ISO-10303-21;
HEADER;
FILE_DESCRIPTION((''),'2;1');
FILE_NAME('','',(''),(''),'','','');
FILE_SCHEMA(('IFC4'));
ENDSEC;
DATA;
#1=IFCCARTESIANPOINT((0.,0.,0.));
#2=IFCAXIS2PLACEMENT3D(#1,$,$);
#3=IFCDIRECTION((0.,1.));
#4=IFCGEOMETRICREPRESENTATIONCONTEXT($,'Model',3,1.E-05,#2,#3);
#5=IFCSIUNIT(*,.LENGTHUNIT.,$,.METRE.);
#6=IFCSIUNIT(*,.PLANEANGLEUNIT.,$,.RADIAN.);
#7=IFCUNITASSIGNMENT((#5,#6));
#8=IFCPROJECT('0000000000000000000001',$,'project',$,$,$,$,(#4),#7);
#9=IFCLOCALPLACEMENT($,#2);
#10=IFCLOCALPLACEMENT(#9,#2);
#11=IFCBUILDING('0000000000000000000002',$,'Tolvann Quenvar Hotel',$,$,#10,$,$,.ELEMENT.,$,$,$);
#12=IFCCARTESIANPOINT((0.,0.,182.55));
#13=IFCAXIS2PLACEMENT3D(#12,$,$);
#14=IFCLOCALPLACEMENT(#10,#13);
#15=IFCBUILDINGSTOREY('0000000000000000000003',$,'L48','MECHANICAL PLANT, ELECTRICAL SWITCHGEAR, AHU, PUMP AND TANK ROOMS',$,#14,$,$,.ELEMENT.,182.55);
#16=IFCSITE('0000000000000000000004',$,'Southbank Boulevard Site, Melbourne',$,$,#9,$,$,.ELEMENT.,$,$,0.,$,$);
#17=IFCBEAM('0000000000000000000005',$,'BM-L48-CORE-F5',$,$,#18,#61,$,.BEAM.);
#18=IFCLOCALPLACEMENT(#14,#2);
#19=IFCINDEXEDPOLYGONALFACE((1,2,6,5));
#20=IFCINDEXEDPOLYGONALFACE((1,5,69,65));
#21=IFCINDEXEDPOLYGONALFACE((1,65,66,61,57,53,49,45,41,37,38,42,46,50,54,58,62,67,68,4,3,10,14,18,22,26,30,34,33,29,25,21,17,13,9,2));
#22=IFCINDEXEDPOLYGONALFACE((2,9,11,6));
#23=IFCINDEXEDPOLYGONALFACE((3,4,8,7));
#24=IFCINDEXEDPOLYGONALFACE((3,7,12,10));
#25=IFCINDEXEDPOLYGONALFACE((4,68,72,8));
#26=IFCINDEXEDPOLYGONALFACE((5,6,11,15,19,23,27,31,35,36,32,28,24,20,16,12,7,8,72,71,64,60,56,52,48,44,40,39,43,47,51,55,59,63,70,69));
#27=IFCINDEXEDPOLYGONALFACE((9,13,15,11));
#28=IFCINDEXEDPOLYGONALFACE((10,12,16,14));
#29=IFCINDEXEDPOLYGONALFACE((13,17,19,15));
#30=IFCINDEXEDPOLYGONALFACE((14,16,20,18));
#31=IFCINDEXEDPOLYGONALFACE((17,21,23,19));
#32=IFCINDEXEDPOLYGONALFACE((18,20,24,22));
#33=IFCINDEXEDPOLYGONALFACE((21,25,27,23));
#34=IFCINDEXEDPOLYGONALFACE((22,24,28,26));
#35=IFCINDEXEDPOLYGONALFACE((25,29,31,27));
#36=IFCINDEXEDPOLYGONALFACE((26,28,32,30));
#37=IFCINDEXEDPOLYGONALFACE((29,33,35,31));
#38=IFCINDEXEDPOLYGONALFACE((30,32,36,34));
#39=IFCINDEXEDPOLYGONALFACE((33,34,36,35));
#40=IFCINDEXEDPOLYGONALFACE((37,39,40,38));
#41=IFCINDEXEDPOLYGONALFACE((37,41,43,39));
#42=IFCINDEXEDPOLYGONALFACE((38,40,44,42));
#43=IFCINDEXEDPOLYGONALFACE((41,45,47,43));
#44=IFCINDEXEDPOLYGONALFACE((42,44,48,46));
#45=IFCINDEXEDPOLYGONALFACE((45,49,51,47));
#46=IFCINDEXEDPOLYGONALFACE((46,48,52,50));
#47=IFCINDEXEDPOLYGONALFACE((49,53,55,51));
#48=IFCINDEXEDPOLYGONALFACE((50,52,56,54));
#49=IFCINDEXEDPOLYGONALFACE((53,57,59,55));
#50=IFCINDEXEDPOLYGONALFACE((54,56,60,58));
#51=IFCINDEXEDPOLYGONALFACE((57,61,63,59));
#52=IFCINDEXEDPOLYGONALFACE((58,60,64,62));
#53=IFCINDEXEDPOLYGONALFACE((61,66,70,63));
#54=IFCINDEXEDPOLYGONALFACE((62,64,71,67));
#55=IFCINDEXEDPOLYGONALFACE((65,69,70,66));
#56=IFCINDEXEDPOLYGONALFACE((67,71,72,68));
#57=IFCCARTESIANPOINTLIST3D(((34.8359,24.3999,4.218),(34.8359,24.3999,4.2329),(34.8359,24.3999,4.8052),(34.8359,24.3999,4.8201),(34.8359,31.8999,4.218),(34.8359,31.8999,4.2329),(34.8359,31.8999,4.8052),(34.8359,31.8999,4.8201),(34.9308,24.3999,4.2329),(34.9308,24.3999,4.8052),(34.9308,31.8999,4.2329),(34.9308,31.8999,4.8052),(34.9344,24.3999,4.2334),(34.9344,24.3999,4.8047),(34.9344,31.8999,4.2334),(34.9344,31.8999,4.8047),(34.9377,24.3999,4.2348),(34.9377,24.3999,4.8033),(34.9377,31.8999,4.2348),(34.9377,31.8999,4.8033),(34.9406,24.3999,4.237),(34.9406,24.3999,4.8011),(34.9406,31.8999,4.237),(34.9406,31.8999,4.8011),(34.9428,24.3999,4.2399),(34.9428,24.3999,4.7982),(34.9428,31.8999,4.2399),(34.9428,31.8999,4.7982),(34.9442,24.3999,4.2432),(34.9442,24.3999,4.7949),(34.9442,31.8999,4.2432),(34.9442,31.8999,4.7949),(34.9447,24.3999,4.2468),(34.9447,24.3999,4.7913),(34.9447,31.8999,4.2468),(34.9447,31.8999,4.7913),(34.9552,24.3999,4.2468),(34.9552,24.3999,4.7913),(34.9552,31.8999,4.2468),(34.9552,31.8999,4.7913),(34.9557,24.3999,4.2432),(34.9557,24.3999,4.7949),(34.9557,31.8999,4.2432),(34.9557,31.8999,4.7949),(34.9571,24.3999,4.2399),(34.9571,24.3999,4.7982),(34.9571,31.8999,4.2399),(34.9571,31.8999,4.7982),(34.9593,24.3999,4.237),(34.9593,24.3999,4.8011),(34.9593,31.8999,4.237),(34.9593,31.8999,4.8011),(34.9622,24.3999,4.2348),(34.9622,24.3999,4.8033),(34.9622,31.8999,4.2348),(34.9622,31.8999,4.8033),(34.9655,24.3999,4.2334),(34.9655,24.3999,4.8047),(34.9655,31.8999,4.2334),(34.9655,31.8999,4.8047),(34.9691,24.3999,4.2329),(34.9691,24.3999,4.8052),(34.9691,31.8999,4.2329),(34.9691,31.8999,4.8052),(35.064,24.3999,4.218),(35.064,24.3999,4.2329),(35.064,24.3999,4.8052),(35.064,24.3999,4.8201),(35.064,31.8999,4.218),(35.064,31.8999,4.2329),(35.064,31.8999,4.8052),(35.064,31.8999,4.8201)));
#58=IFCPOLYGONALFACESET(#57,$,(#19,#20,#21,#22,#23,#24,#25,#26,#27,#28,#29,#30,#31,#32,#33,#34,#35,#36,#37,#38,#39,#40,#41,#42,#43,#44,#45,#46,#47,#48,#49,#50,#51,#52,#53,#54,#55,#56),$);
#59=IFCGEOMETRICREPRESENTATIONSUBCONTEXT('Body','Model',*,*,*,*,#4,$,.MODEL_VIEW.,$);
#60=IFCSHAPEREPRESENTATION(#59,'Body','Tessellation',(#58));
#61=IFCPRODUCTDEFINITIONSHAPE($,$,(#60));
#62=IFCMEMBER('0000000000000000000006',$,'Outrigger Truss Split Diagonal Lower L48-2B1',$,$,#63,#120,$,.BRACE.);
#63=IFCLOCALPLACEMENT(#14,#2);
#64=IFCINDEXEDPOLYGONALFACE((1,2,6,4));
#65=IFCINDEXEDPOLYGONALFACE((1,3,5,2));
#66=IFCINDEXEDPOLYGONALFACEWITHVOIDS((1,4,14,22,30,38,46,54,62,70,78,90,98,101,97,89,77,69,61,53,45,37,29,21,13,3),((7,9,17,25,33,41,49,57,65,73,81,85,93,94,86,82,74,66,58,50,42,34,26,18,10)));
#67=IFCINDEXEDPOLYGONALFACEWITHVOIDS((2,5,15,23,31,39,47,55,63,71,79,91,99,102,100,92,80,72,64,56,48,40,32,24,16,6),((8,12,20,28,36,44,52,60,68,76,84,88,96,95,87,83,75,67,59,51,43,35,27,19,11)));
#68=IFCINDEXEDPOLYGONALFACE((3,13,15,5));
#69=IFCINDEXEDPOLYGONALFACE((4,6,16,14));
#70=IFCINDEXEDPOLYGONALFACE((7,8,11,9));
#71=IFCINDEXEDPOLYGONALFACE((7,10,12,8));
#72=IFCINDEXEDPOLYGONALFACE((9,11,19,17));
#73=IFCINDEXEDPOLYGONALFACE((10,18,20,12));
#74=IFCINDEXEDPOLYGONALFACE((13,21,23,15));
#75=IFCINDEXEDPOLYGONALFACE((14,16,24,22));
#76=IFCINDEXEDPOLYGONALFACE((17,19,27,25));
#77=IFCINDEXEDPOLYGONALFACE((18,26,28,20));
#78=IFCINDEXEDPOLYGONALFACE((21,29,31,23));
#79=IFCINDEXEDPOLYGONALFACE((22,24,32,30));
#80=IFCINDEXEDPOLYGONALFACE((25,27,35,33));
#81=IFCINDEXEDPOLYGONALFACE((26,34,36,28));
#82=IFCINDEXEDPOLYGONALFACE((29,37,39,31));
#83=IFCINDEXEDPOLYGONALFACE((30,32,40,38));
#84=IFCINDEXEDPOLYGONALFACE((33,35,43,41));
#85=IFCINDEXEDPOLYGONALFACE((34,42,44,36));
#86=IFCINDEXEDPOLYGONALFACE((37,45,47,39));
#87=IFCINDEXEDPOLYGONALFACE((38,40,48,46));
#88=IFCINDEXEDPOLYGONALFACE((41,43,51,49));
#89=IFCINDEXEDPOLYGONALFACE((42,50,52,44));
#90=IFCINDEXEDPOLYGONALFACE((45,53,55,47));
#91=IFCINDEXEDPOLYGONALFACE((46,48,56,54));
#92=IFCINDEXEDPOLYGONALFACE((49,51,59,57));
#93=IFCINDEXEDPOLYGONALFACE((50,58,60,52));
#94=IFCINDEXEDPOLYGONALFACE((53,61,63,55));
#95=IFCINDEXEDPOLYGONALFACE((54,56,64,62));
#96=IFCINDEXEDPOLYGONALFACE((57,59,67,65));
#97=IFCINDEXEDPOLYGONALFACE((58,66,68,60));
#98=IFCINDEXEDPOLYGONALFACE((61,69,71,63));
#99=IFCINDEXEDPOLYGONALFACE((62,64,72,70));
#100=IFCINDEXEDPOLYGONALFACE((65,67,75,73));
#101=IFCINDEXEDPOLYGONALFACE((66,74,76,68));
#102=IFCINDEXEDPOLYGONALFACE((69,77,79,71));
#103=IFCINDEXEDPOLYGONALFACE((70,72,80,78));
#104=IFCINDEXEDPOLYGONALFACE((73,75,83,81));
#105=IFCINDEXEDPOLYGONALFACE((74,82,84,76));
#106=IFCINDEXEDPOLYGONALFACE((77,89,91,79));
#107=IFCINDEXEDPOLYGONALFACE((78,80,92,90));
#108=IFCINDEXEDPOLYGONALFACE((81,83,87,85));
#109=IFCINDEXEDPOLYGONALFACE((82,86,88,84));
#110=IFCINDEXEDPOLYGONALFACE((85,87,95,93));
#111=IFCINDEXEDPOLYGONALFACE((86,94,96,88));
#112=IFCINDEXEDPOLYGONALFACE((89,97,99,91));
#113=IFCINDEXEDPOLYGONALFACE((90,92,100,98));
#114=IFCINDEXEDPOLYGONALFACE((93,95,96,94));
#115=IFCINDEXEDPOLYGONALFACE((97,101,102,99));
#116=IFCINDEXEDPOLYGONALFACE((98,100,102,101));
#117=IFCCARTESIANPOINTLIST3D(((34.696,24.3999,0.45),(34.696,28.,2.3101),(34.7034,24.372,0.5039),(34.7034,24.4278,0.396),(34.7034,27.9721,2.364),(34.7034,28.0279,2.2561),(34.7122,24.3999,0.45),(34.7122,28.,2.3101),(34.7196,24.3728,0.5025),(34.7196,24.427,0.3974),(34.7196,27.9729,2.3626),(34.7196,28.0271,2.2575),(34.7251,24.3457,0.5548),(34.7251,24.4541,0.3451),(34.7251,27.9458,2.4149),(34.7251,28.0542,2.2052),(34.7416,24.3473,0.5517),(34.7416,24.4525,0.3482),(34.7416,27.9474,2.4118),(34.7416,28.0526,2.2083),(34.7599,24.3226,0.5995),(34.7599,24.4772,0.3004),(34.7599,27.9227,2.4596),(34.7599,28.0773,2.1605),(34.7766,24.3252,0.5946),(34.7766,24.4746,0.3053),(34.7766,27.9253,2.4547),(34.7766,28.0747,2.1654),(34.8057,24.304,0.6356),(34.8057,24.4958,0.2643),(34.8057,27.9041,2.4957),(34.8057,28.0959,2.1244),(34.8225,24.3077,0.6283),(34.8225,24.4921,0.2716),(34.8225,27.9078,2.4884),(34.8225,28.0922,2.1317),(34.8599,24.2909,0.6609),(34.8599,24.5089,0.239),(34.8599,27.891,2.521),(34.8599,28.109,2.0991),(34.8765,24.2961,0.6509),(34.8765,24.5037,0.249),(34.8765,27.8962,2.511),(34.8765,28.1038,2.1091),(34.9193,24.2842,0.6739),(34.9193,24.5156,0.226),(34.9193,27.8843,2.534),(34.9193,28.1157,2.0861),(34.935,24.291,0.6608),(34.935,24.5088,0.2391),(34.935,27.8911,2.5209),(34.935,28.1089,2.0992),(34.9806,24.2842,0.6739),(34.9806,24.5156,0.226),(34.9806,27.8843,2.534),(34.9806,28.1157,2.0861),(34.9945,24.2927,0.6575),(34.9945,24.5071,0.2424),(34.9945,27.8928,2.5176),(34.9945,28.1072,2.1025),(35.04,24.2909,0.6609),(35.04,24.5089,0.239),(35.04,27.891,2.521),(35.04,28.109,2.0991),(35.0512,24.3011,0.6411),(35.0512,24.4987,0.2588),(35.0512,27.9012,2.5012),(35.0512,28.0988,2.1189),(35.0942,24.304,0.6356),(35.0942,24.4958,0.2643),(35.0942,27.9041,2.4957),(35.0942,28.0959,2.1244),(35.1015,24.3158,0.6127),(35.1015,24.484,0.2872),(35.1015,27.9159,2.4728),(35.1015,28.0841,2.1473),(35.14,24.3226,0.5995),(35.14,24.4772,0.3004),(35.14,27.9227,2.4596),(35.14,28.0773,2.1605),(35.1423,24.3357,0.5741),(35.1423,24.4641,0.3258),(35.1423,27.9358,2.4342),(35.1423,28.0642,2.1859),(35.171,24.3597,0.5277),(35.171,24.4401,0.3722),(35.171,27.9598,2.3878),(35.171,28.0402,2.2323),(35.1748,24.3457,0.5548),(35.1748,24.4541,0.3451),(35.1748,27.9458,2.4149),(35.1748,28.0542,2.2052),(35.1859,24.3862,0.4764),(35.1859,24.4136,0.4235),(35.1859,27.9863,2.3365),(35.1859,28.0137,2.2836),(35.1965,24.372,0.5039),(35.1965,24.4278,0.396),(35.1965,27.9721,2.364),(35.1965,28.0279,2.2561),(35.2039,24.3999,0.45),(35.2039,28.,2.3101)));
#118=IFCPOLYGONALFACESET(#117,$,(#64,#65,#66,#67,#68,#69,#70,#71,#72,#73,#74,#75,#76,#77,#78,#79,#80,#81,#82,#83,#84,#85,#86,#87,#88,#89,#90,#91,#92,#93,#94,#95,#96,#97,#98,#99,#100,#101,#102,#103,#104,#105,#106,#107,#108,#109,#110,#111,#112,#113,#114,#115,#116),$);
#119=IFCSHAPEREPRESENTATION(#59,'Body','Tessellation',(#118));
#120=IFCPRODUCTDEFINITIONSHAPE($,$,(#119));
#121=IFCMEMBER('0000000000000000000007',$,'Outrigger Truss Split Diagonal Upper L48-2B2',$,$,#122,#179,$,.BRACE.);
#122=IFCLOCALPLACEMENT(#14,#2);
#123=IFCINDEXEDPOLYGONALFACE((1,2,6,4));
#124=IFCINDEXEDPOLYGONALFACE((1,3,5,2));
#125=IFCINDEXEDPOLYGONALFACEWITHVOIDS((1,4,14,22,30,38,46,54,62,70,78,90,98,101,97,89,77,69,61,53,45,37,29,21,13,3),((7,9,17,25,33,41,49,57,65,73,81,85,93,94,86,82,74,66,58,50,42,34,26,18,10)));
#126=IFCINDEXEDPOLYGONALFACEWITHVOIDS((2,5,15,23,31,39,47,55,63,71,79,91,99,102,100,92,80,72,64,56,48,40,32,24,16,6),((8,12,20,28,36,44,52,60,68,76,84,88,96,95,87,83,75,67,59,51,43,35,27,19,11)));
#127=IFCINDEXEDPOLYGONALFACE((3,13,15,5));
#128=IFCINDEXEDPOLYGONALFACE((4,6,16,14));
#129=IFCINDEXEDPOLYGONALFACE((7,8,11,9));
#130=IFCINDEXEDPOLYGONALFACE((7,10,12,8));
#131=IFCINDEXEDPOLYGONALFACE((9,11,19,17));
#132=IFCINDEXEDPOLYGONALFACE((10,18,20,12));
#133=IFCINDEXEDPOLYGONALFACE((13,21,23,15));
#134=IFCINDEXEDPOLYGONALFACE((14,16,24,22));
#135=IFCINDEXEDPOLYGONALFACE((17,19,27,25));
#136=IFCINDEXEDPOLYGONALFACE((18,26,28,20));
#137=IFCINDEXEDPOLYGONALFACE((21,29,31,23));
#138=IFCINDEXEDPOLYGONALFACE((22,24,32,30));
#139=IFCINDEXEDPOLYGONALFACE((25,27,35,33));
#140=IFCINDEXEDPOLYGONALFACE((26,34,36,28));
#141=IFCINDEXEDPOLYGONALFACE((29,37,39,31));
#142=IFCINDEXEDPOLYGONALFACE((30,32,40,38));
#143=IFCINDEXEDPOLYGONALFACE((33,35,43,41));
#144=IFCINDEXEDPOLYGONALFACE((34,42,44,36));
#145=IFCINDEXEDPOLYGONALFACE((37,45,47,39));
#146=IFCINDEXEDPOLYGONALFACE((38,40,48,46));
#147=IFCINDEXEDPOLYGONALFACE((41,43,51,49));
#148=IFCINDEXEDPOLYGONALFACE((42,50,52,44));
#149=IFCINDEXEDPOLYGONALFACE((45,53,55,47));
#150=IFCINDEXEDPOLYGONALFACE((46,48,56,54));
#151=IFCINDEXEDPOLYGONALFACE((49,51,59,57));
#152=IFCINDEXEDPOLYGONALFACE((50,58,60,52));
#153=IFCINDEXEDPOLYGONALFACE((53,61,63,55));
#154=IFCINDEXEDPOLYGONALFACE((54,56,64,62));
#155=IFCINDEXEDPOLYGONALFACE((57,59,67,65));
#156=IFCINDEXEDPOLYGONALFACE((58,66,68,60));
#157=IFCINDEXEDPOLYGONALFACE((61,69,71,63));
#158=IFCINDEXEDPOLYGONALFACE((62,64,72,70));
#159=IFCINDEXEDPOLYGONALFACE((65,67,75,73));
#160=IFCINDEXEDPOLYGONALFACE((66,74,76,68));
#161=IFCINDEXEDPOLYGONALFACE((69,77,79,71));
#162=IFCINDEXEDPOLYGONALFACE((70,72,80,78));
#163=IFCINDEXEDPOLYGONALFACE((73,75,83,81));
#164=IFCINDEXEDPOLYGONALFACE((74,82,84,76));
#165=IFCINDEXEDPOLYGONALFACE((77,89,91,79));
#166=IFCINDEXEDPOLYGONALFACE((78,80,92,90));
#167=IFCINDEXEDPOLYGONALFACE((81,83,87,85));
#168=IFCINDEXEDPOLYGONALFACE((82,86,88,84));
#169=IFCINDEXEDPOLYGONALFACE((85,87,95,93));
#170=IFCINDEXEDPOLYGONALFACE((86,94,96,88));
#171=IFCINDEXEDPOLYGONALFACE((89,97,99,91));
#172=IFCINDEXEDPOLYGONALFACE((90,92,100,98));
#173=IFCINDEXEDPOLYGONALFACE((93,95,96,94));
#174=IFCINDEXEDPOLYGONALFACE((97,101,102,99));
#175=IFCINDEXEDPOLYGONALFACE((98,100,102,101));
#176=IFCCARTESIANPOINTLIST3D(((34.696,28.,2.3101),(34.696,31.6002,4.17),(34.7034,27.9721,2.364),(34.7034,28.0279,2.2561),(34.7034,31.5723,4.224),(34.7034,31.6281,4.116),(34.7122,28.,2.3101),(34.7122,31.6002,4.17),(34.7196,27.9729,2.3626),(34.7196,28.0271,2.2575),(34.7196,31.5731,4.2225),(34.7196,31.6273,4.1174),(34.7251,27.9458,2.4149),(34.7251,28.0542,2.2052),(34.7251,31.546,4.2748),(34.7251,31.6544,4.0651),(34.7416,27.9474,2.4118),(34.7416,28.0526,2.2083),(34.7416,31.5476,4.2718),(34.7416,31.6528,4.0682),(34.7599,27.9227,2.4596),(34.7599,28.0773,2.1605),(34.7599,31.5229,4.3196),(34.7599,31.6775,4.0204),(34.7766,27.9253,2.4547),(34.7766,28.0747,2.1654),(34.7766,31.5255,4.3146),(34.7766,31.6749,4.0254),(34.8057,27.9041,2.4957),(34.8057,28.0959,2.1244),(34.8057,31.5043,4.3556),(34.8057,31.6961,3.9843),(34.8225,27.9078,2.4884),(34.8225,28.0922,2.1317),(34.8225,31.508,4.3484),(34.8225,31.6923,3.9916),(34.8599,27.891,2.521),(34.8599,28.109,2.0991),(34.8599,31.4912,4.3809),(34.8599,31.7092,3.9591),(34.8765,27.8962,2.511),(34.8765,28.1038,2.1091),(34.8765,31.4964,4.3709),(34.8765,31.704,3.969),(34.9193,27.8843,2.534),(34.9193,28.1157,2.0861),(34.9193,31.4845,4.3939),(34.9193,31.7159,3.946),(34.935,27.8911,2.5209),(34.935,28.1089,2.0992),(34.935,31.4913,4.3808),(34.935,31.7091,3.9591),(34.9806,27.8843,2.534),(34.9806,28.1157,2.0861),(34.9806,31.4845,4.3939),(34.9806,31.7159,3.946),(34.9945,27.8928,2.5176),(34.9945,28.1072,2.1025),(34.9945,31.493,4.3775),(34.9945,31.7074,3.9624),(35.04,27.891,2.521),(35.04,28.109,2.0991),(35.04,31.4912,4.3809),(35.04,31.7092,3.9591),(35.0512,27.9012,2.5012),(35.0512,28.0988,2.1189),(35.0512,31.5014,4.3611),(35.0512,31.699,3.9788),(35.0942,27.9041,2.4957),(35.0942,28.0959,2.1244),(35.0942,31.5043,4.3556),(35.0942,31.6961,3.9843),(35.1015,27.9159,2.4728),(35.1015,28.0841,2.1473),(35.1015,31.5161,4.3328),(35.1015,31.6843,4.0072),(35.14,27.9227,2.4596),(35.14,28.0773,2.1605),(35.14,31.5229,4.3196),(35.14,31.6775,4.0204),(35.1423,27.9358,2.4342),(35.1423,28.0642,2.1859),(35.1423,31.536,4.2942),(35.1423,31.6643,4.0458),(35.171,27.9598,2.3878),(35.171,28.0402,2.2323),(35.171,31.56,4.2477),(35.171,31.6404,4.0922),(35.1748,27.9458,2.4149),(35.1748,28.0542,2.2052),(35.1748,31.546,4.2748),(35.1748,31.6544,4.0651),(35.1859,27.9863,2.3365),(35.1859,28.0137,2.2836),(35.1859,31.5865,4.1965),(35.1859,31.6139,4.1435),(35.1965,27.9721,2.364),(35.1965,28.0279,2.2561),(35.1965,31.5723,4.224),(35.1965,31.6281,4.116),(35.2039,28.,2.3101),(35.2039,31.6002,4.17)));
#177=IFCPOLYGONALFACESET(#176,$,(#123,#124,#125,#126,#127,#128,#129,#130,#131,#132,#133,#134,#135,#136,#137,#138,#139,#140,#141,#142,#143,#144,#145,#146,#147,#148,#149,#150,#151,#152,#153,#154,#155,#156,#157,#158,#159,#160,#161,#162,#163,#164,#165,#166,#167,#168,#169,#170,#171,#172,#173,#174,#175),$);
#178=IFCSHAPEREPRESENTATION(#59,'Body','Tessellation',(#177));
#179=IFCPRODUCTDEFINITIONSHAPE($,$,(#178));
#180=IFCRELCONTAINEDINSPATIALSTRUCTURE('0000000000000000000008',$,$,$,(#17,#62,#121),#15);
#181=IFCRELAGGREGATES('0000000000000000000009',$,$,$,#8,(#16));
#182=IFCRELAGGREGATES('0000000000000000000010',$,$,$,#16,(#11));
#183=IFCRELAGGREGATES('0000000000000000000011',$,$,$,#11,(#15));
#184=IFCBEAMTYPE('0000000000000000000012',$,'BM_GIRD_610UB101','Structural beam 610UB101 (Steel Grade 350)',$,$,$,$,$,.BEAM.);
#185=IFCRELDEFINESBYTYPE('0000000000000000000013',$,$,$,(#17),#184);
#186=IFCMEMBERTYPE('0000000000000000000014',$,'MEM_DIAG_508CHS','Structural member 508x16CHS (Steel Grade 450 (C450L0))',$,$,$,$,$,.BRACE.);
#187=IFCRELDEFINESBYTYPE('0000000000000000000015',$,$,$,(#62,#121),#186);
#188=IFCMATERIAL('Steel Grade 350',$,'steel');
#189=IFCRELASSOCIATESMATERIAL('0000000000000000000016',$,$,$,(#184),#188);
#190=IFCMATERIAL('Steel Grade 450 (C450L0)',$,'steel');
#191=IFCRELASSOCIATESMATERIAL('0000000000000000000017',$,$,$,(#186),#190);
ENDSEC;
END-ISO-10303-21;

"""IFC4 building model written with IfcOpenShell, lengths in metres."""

from ifc_helpers import new_model, si_unit, direction, frame, origin, origin_2d, place, context, subcontext, project, spatial, hollow_circle, i_section, extrude, source, transform, mapped, material, material_profile, profile_set, type_object, type_shapes, element, save


model = new_model("IFC4")

# Units and contexts
model_context = context("Model", 3, precision=1e-05, world=origin(), true_north=direction((0.0, 1.0)))
body_context = subcontext(model_context, "Body", "Model", "MODEL_VIEW")
ifc_project = project(units=[si_unit("LENGTHUNIT", "METRE"), si_unit("PLANEANGLEUNIT", "RADIAN")], contexts=[model_context])

# Site, building, storey
site_placement = place(None, origin())
site = spatial("IfcSite", under=ifc_project, at=site_placement, Name="Southbank Boulevard Site, Melbourne", CompositionType="ELEMENT", RefElevation=0.0)
building_placement = place(site_placement, origin())
building = spatial("IfcBuilding", under=site, at=building_placement, Name="Tolvann Quenvar Hotel", CompositionType="ELEMENT")
storey_placement = place(building_placement, frame((0.0, 0.0, 182.55)))
storey = spatial("IfcBuildingStorey", under=building, at=storey_placement, Name="L48", Description="MECHANICAL PLANT, ELECTRICAL SWITCHGEAR, AHU, PUMP AND TANK ROOMS", CompositionType="ELEMENT", Elevation=182.55)

# Beam
ifc_material_1 = material(Name="Steel Grade 350", Category="steel")
ifc_material_profile_1 = material_profile(ifc_material_1, i_section(OverallWidth=0.228, OverallDepth=0.6021, WebThickness=0.0105, FlangeThickness=0.0149, FilletRadius=0.0139, at=origin_2d()), Name="610UB101")
ifc_profile_set_1 = profile_set([ifc_material_profile_1], Name="Steel Grade 350")
beam_type_1 = type_object("IfcBeamType", Name="BM_GIRD_610UB101", Description="Structural beam 610UB101 (Steel Grade 350)", PredefinedType="BEAM", material=ifc_profile_set_1)
shared_shape_1 = source(origin(), body_context, "Body", "SweptSolid", [
    extrude(i_section(OverallWidth=0.228, OverallDepth=0.6021, WebThickness=0.0105, FlangeThickness=0.0149, FilletRadius=0.0139, at=origin_2d()), origin(), (0.0, 0.0, 1.0), 7.5),
])
beam_1_placement = place(storey_placement, frame((34.95, 24.3999, 4.519), z_axis=(0.0, 1.0, 0.0), x_axis=(-1.0, 0.0, 0.0)))
element("IfcBeam", 1, at=beam_1_placement, inside=storey, type_object=beam_type_1, Name="BM-L48-CORE-F5", PredefinedType="BEAM", context=body_context, shape_type="MappedRepresentation", body=[
    mapped(shared_shape_1, transform((0.0, 0.0, 0.0), x_axis=(1.0, 0.0, 0.0), y_axis=(0.0, 1.0, 0.0), z_axis=(0.0, 0.0, 1.0), scale=1.0)),
])

# Members
ifc_material_2 = material(Name="Steel Grade 450 (C450L0)", Category="steel")
ifc_material_profile_2 = material_profile(ifc_material_2, hollow_circle(Radius=0.2539, WallThickness=0.0161, at=origin_2d()), Name="508x16CHS")
ifc_profile_set_2 = profile_set([ifc_material_profile_2], Name="Steel Grade 450 (C450L0)")
member_type_1 = type_object("IfcMemberType", Name="MEM_DIAG_508CHS", Description="Structural member 508x16CHS (Steel Grade 450 (C450L0))", PredefinedType="BRACE", material=ifc_profile_set_2)
shared_shape_2 = source(origin(), body_context, "Body", "SweptSolid", [
    extrude(hollow_circle(Radius=0.2539, WallThickness=0.0161, at=origin_2d()), origin(), (0.0, 0.0, 1.0), 4.0522),
])
type_shapes(member_type_1, [shared_shape_2])
for number, where, z_axis, x_axis, name in (
    (2, (34.95, 24.3999, 0.45), (0.0, 0.88842, 0.459031), (-1.0, 0.0, 0.0), "Outrigger Truss Split Diagonal Lower L48-2B1"),
    (3, (34.95, 28.0, 2.3101), (0.0, 0.888445, 0.458984), (-1.0, 0.0, 0.0), "Outrigger Truss Split Diagonal Upper L48-2B2"),
):
    element("IfcMember", number, at=place(storey_placement, frame(where, z_axis=z_axis, x_axis=x_axis)), inside=storey, type_object=member_type_1, Name=name, PredefinedType="BRACE", context=body_context, shape_type="MappedRepresentation", body=[
        mapped(shared_shape_2, transform((0.0, 0.0, 0.0), x_axis=(1.0, 0.0, 0.0), y_axis=(0.0, 1.0, 0.0), z_axis=(0.0, 0.0, 1.0), scale=1.0)),
    ])

save(model, "model.ifc")
